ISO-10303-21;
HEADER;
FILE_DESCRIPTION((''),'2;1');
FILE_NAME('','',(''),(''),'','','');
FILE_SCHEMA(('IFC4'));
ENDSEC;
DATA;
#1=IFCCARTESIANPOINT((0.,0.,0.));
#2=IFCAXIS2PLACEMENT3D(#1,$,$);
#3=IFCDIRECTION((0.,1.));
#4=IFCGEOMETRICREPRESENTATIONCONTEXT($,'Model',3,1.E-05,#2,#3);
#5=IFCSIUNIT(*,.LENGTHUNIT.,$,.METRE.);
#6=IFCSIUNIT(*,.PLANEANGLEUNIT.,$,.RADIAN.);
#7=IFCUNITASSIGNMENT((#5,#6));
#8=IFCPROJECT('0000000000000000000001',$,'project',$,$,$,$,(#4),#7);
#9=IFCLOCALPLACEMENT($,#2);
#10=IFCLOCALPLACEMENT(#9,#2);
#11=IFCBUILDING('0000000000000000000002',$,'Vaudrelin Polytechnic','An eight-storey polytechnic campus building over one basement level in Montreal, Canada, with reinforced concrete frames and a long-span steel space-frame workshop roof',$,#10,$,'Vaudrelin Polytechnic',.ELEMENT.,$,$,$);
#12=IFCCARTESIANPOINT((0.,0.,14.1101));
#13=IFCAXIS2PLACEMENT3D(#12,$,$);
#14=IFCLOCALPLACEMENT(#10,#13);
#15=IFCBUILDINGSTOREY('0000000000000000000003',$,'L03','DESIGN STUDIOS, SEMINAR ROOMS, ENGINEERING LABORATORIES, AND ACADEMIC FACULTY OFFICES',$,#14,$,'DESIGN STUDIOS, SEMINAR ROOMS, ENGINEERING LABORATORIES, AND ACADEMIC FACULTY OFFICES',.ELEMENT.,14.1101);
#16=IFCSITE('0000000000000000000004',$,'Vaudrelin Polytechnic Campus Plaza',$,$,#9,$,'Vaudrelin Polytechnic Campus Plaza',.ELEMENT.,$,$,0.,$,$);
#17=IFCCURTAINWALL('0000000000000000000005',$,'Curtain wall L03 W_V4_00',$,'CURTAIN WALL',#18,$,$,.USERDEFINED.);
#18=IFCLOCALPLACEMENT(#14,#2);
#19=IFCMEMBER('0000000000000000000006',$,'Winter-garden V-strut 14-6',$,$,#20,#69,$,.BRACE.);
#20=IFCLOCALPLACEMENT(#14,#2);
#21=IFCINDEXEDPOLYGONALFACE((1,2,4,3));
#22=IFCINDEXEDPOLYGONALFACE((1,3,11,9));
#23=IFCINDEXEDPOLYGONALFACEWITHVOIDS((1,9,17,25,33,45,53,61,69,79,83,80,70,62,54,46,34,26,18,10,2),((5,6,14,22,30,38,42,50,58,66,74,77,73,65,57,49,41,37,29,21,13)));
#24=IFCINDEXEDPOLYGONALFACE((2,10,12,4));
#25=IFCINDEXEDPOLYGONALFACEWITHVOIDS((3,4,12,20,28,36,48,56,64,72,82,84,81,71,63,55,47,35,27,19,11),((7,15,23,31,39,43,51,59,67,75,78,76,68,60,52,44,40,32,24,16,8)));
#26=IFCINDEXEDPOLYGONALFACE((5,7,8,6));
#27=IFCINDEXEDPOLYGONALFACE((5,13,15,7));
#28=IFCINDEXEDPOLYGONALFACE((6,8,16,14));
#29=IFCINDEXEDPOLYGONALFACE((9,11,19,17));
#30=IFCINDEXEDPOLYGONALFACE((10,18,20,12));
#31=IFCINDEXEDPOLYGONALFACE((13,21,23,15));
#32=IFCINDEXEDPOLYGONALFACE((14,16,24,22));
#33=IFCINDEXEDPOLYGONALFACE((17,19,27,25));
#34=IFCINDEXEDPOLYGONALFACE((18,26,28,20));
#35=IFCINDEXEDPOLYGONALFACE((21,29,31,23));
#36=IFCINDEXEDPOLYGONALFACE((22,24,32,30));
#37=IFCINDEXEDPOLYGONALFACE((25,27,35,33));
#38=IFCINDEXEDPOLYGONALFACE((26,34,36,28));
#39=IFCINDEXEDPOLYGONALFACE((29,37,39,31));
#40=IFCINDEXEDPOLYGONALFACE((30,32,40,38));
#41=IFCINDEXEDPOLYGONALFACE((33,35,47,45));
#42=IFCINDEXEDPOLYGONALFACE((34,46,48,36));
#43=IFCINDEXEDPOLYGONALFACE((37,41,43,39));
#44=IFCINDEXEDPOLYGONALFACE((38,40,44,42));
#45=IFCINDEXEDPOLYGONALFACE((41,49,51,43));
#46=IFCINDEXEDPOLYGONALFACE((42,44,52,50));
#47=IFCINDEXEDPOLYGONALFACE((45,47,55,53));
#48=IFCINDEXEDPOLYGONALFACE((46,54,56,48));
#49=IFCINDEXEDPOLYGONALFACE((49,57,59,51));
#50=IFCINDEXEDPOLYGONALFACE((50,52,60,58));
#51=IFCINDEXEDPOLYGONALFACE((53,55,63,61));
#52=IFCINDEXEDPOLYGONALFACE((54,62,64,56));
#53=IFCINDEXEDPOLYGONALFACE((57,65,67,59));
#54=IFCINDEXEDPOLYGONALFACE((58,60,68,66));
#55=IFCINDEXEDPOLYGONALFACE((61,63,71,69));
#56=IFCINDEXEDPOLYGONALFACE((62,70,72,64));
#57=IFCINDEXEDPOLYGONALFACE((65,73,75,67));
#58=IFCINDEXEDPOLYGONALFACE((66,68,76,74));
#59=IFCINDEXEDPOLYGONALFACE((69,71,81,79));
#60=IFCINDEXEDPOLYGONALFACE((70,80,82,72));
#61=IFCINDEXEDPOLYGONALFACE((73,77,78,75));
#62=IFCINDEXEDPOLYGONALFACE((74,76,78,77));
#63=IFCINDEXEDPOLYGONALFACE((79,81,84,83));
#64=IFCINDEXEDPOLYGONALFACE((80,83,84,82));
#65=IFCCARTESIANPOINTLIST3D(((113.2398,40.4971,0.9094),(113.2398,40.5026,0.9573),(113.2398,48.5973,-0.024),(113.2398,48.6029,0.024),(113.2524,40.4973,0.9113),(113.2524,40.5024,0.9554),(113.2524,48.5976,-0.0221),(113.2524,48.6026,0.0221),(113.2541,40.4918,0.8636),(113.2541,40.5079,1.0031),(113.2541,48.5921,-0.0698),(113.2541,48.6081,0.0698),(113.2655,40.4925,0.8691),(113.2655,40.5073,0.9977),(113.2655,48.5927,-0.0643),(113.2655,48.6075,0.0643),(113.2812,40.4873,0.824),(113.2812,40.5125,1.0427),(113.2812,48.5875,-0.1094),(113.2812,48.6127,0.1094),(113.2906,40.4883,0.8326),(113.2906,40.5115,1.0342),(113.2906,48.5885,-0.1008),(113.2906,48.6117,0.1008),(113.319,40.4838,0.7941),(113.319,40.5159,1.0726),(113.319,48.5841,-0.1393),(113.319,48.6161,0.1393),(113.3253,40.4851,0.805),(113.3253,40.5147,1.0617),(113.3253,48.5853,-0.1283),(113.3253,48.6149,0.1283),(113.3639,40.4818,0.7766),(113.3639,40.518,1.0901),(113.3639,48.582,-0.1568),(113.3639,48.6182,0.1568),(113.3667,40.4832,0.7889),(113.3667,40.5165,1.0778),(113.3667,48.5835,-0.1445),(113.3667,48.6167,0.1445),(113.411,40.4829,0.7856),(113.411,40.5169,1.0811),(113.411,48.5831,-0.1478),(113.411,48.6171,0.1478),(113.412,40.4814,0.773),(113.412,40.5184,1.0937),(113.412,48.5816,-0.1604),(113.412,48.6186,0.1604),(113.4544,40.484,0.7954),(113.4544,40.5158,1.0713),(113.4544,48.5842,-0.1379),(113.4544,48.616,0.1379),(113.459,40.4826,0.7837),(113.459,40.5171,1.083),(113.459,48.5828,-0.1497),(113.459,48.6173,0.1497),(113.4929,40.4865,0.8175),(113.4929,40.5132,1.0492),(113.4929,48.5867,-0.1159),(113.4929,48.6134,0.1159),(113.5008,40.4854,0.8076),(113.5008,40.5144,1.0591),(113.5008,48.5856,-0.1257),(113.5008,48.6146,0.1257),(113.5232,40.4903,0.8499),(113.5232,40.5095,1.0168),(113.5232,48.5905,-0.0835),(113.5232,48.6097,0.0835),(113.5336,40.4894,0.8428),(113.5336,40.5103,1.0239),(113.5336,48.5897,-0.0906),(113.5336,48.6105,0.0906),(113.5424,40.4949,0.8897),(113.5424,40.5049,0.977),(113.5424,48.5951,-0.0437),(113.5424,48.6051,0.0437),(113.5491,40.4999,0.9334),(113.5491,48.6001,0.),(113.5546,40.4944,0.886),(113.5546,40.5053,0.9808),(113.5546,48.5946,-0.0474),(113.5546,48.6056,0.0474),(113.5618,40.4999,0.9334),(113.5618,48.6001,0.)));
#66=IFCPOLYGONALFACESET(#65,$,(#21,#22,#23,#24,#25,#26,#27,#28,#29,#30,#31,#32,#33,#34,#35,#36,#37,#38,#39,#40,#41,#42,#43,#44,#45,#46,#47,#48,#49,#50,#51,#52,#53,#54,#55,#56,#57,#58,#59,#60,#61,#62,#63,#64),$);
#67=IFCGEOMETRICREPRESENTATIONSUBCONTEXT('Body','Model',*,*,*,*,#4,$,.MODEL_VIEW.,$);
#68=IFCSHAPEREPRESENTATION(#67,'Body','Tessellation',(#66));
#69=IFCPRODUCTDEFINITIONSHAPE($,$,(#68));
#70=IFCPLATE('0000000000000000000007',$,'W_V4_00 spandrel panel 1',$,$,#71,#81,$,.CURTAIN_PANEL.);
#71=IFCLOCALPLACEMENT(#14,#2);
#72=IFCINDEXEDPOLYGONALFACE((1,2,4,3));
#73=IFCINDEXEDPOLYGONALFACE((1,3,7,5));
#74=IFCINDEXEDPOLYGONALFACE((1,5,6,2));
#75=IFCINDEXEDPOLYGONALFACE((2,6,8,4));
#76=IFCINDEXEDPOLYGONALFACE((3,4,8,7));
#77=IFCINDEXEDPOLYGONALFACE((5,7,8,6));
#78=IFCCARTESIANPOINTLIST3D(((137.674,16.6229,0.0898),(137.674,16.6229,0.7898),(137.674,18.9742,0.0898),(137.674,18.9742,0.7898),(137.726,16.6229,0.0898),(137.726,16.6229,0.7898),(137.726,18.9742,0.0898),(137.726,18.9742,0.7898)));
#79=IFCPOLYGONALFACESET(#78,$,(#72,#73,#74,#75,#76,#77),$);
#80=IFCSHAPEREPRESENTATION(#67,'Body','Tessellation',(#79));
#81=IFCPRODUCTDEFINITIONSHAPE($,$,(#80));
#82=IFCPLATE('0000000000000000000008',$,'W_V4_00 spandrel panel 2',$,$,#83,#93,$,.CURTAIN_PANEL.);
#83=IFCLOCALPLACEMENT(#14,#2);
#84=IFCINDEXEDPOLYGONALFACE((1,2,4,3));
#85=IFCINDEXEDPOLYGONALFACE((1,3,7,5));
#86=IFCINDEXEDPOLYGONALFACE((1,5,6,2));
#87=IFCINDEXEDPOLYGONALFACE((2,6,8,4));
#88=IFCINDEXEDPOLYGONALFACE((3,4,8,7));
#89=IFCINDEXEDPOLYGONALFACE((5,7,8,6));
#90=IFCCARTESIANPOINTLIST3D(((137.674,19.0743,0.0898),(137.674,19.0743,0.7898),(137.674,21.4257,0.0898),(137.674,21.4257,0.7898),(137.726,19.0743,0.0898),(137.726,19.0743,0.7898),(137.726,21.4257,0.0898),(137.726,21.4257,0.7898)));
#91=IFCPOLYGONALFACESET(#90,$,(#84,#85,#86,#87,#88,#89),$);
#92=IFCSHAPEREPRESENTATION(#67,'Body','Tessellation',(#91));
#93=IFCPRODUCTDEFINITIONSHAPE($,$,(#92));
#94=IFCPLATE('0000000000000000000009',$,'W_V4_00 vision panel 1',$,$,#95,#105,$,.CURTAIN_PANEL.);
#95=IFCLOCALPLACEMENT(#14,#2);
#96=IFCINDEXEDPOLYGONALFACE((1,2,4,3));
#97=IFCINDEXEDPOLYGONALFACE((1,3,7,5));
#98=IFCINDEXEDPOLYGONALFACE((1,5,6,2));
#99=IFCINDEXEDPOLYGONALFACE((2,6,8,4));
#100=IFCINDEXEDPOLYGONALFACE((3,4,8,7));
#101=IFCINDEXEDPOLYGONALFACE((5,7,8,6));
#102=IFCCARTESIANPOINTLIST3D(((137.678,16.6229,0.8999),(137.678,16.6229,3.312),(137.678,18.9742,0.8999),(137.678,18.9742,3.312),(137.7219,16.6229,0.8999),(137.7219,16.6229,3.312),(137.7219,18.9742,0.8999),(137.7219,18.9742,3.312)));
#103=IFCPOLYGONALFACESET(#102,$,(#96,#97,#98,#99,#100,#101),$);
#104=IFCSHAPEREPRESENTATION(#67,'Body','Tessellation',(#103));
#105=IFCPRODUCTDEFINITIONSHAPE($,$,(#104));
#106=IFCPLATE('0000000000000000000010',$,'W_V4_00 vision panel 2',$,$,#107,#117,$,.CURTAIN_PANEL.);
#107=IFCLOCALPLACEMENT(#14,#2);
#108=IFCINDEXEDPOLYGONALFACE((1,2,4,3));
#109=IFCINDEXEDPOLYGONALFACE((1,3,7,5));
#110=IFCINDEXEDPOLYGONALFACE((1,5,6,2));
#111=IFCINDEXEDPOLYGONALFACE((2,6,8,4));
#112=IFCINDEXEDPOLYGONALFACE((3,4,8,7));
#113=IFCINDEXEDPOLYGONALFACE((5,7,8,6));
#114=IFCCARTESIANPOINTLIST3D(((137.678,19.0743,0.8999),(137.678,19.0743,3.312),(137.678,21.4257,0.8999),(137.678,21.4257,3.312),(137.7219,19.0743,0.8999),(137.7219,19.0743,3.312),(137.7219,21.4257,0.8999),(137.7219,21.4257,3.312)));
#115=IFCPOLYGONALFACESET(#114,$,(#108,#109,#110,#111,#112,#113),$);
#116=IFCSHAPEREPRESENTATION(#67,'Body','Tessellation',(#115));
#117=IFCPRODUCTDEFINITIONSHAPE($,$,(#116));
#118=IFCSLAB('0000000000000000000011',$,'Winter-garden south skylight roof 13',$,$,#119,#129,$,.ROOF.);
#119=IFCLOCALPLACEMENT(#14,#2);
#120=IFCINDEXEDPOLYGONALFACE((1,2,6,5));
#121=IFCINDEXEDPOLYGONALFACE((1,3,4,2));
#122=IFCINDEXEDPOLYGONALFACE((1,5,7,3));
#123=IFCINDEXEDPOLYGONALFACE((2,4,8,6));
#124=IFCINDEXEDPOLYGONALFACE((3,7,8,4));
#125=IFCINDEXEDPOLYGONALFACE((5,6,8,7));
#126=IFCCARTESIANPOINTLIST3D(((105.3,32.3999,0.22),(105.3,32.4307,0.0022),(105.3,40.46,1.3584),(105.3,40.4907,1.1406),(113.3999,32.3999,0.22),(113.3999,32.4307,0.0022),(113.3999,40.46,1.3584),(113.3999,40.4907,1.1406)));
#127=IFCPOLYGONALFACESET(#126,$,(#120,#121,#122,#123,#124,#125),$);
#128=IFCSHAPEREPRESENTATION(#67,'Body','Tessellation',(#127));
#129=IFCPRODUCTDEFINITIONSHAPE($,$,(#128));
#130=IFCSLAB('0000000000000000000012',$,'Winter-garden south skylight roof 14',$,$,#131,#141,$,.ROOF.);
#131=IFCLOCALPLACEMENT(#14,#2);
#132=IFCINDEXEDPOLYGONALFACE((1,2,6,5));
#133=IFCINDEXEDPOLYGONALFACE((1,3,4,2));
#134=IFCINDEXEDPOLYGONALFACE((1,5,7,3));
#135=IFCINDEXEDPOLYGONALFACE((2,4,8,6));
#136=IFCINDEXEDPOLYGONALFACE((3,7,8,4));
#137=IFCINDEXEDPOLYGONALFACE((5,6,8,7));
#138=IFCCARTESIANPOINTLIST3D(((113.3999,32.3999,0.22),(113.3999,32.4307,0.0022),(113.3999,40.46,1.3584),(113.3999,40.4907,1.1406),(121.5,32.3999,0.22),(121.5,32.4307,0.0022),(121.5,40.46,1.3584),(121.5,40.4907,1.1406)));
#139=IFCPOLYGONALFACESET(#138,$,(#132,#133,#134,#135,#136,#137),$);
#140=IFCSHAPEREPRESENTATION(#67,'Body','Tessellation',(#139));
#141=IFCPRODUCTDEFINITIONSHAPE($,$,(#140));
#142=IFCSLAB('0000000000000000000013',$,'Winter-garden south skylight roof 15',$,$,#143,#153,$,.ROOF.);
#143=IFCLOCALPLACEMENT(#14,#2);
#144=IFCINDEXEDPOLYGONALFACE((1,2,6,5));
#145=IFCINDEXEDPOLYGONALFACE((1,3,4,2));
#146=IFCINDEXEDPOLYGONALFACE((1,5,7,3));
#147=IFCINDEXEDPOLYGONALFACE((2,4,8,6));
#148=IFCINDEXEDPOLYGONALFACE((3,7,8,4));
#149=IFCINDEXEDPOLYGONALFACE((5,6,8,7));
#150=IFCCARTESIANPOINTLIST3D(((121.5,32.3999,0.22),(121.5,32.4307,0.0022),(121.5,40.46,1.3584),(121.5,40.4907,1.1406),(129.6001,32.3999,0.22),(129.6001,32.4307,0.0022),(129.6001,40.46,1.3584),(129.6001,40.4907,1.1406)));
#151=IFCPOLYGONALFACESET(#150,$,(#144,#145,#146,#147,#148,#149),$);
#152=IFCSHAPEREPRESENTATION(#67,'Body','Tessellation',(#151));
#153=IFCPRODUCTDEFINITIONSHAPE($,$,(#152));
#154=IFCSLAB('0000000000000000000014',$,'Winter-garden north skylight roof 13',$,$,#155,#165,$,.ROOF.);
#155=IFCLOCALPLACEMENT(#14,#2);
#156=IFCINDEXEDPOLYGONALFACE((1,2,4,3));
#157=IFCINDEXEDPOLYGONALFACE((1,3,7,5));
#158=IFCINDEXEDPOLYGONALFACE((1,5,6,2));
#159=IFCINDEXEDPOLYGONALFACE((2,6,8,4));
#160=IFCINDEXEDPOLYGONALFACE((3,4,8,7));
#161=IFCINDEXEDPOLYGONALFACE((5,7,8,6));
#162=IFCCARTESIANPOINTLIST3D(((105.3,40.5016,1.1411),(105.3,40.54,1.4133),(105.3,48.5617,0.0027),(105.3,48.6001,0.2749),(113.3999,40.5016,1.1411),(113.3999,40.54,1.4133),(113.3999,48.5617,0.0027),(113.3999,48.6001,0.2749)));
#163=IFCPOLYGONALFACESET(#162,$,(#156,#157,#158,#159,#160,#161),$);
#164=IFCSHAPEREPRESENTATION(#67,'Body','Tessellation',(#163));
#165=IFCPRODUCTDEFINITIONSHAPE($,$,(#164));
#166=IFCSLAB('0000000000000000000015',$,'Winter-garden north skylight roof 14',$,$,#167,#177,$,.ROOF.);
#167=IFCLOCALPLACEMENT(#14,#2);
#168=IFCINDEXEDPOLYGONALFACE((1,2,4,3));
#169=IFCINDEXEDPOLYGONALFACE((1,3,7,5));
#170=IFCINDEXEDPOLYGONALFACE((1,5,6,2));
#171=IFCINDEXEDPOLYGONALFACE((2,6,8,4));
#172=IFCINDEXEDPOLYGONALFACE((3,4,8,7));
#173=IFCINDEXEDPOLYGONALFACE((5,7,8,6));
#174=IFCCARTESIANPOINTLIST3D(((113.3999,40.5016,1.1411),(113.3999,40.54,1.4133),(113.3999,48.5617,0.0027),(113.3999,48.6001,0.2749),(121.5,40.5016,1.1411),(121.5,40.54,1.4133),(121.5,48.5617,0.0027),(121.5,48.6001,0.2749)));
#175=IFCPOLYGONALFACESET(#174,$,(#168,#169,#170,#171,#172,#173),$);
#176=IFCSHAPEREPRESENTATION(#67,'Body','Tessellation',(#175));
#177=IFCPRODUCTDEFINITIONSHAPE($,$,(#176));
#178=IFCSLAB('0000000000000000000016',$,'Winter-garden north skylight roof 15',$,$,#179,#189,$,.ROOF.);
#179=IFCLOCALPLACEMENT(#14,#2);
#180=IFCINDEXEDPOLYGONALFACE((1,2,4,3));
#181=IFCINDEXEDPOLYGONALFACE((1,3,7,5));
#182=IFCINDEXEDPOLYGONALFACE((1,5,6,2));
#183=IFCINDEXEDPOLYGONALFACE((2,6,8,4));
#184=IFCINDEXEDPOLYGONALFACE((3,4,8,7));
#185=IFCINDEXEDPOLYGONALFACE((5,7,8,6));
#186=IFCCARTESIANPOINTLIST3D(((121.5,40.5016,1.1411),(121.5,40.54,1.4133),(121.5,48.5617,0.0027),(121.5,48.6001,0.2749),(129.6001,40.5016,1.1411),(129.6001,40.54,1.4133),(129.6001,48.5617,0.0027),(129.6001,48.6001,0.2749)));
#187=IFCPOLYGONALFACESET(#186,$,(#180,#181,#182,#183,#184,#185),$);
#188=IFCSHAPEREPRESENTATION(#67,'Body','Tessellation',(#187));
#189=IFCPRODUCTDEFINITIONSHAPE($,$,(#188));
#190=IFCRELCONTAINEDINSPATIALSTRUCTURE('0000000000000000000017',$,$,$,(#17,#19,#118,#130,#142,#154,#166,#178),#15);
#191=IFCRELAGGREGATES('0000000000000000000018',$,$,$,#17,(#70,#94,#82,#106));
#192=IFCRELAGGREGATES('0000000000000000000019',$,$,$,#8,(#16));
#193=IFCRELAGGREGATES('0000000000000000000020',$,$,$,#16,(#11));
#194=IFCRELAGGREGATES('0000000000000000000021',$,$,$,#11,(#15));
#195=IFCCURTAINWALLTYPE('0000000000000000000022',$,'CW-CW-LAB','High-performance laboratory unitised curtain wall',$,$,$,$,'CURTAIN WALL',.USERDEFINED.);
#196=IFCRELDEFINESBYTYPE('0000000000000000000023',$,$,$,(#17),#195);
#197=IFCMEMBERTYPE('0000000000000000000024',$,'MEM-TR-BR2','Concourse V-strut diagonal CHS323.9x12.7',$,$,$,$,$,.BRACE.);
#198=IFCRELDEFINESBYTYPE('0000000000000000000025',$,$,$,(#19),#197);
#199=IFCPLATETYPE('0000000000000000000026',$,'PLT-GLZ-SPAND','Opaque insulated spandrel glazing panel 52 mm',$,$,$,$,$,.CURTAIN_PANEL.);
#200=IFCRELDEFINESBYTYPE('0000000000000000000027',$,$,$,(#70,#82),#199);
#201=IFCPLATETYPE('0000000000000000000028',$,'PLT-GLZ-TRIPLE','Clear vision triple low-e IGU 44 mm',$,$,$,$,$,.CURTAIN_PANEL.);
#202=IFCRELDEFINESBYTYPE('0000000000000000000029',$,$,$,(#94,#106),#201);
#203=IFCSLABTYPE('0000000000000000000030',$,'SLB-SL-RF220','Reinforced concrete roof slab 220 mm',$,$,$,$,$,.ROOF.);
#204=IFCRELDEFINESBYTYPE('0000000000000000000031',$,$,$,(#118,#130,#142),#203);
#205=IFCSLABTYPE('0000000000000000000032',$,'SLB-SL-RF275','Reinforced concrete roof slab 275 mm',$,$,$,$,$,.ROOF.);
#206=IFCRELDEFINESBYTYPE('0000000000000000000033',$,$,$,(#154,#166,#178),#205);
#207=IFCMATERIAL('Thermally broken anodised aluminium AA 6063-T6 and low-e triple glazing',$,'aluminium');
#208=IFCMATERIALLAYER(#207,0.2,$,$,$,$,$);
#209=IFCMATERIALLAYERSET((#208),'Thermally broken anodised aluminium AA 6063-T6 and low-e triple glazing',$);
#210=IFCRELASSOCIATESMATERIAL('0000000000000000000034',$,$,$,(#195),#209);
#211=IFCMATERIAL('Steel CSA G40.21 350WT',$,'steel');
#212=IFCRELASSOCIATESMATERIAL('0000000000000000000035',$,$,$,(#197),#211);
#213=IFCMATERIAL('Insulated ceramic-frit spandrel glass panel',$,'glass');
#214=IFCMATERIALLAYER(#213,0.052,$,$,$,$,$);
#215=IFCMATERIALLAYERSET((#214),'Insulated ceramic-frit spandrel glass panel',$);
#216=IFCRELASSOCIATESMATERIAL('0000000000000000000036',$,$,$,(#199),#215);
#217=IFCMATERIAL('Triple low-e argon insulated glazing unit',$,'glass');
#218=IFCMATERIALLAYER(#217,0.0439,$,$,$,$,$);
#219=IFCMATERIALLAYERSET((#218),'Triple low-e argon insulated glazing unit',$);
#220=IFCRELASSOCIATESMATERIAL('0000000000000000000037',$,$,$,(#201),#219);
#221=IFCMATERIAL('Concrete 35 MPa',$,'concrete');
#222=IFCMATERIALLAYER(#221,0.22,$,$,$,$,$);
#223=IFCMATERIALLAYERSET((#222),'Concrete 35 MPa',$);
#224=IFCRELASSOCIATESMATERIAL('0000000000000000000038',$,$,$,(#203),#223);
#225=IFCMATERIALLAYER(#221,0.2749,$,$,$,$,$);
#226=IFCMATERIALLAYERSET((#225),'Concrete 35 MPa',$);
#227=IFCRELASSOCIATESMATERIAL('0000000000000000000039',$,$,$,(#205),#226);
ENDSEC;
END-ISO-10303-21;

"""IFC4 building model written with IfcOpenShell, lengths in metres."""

from ifc_helpers import new_model, si_unit, direction, frame, origin, origin_2d, place, context, subcontext, project, spatial, polyline, rectangle, hollow_circle, outline, extrude, material, layer, layer_set, material_profile, profile_set, type_object, element, aggregate, save


model = new_model("IFC4")

# Units and contexts
model_context = context("Model", 3, precision=1e-05, world=origin(), true_north=direction((0.0, 1.0)))
body_context = subcontext(model_context, "Body", "Model", "MODEL_VIEW")
ifc_project = project(units=[si_unit("LENGTHUNIT", "METRE"), si_unit("PLANEANGLEUNIT", "RADIAN")], contexts=[model_context])

# Site, building, storey
site_placement = place(None, origin())
site = spatial("IfcSite", under=ifc_project, at=site_placement, Name="Vaudrelin Polytechnic Campus Plaza", LongName="Vaudrelin Polytechnic Campus Plaza", CompositionType="ELEMENT", RefElevation=0.0)
building_placement = place(site_placement, origin())
building = spatial("IfcBuilding", under=site, at=building_placement, Name="Vaudrelin Polytechnic", Description="An eight-storey polytechnic campus building over one basement level in Montreal, Canada, with reinforced concrete frames and a long-span steel space-frame workshop roof", LongName="Vaudrelin Polytechnic", CompositionType="ELEMENT")
storey_placement = place(building_placement, frame((0.0, 0.0, 14.1101)))
storey = spatial("IfcBuildingStorey", under=building, at=storey_placement, Name="L03", Description="DESIGN STUDIOS, SEMINAR ROOMS, ENGINEERING LABORATORIES, AND ACADEMIC FACULTY OFFICES", LongName="DESIGN STUDIOS, SEMINAR ROOMS, ENGINEERING LABORATORIES, AND ACADEMIC FACULTY OFFICES", CompositionType="ELEMENT", Elevation=14.1101)

# Curtain wall
ifc_material_1 = material(Name="Thermally broken anodised aluminium AA 6063-T6 and low-e triple glazing", Category="aluminium")
ifc_layer_1 = layer(ifc_material_1, 0.2)
ifc_layer_set_1 = layer_set([ifc_layer_1], Name="Thermally broken anodised aluminium AA 6063-T6 and low-e triple glazing")
curtain_wall_type = type_object("IfcCurtainWallType", Name="CW-CW-LAB", Description="High-performance laboratory unitised curtain wall", ElementType="CURTAIN WALL", PredefinedType="USERDEFINED", material=ifc_layer_set_1)
curtain_wall_placement = place(storey_placement, origin())
curtain_wall = element("IfcCurtainWall", 1, at=curtain_wall_placement, inside=storey, type_object=curtain_wall_type, Name="Curtain wall L03 W_V4_00", ObjectType="CURTAIN WALL", PredefinedType="USERDEFINED")

# Member
ifc_material_2 = material(Name="Steel CSA G40.21 350WT", Category="steel")
ifc_material_profile_1 = material_profile(ifc_material_2, hollow_circle(Radius=0.1619, WallThickness=0.0127, at=origin_2d()), Name="CHS323.9x12.7")
ifc_profile_set_1 = profile_set([ifc_material_profile_1], Name="Steel CSA G40.21 350WT")
member_type_1 = type_object("IfcMemberType", Name="MEM-TR-BR2", Description="Concourse V-strut diagonal CHS323.9x12.7", PredefinedType="BRACE", material=ifc_profile_set_1)
for number, where, z_axis, x_axis, name in (
    (2, (113.3999, 48.6001, 0.0), (0.0, -0.993427, 0.11447), (1.0, 0.0, 0.0), "Winter-garden V-strut 14-6"),
):
    element("IfcMember", number, at=place(storey_placement, frame(where, z_axis=z_axis, x_axis=x_axis)), inside=storey, type_object=member_type_1, Name=name, PredefinedType="BRACE", context=body_context, shape_type="SweptSolid", body=[
        extrude(hollow_circle(Radius=0.1619, WallThickness=0.0127, at=origin_2d()), origin(), (0.0, 0.0, 1.0), 8.1538),
    ])

# Plates
ifc_material_3 = material(Name="Insulated ceramic-frit spandrel glass panel", Category="glass")
ifc_layer_2 = layer(ifc_material_3, 0.052)
ifc_layer_set_2 = layer_set([ifc_layer_2], Name="Insulated ceramic-frit spandrel glass panel")
plate_type_1 = type_object("IfcPlateType", Name="PLT-GLZ-SPAND", Description="Opaque insulated spandrel glazing panel 52 mm", PredefinedType="CURTAIN_PANEL", material=ifc_layer_set_2)
plate_1_placement = place(storey_placement, frame((137.7, 17.7986, 0.0898), z_axis=(0.0, 0.0, 1.0), x_axis=(0.0, 1.0, 0.0)))
plate_1 = element("IfcPlate", 3, at=plate_1_placement, type_object=plate_type_1, Name="W_V4_00 spandrel panel 1", PredefinedType="CURTAIN_PANEL", context=body_context, shape_type="SweptSolid", body=[
    extrude(rectangle(XDim=2.3513, YDim=0.052, at=origin_2d()), origin(), (0.0, 0.0, 1.0), 0.7),
])
plate_2_placement = place(storey_placement, frame((137.7, 20.25, 0.0898), z_axis=(0.0, 0.0, 1.0), x_axis=(0.0, 1.0, 0.0)))
plate_2 = element("IfcPlate", 4, at=plate_2_placement, type_object=plate_type_1, Name="W_V4_00 spandrel panel 2", PredefinedType="CURTAIN_PANEL", context=body_context, shape_type="SweptSolid", body=[
    extrude(rectangle(XDim=2.3513, YDim=0.052, at=origin_2d()), origin(), (0.0, 0.0, 1.0), 0.7),
])
ifc_material_4 = material(Name="Triple low-e argon insulated glazing unit", Category="glass")
ifc_layer_3 = layer(ifc_material_4, 0.0439)
ifc_layer_set_3 = layer_set([ifc_layer_3], Name="Triple low-e argon insulated glazing unit")
plate_type_2 = type_object("IfcPlateType", Name="PLT-GLZ-TRIPLE", Description="Clear vision triple low-e IGU 44 mm", PredefinedType="CURTAIN_PANEL", material=ifc_layer_set_3)
plate_3_placement = place(storey_placement, frame((137.7, 17.7986, 0.8999), z_axis=(0.0, 0.0, 1.0), x_axis=(0.0, 1.0, 0.0)))
plate_3 = element("IfcPlate", 5, at=plate_3_placement, type_object=plate_type_2, Name="W_V4_00 vision panel 1", PredefinedType="CURTAIN_PANEL", context=body_context, shape_type="SweptSolid", body=[
    extrude(rectangle(XDim=2.3513, YDim=0.0439, at=origin_2d()), origin(), (0.0, 0.0, 1.0), 2.4121),
])
plate_4_placement = place(storey_placement, frame((137.7, 20.25, 0.8999), z_axis=(0.0, 0.0, 1.0), x_axis=(0.0, 1.0, 0.0)))
plate_4 = element("IfcPlate", 6, at=plate_4_placement, type_object=plate_type_2, Name="W_V4_00 vision panel 2", PredefinedType="CURTAIN_PANEL", context=body_context, shape_type="SweptSolid", body=[
    extrude(rectangle(XDim=2.3513, YDim=0.0439, at=origin_2d()), origin(), (0.0, 0.0, 1.0), 2.4121),
])
aggregate(curtain_wall, [plate_1, plate_3, plate_2, plate_4])

# Slabs
ifc_material_5 = material(Name="Concrete 35 MPa", Category="concrete")
ifc_layer_4 = layer(ifc_material_5, 0.22)
ifc_layer_set_4 = layer_set([ifc_layer_4], Name="Concrete 35 MPa")
slab_type_1 = type_object("IfcSlabType", Name="SLB-SL-RF220", Description="Reinforced concrete roof slab 220 mm", PredefinedType="ROOF", material=ifc_layer_set_4)
slab_1_placement = place(storey_placement, frame((105.3, 32.3999, 0.22), z_axis=(0.0, -0.139855, 0.990172), x_axis=(1.0, 0.0, 0.0)))
element("IfcSlab", 7, at=slab_1_placement, inside=storey, type_object=slab_type_1, Name="Winter-garden south skylight roof 13", PredefinedType="ROOF", context=body_context, shape_type="SweptSolid", body=[
    extrude(outline(polyline([(0.0, 0.0), (8.0999, 0.0), (8.0999, 8.1401), (0.0, 8.1401), (0.0, 0.0)])), origin(), (0.0, 0.0, -1.0), 0.22),
])
for number, where, z_axis, x_axis, name in (
    (8, (113.3999, 32.3999, 0.22), (0.0, -0.139855, 0.990172), (1.0, 0.0, 0.0), "Winter-garden south skylight roof 14"),
    (9, (121.5, 32.3999, 0.22), (0.0, -0.139855, 0.990172), (1.0, 0.0, 0.0), "Winter-garden south skylight roof 15"),
):
    element("IfcSlab", number, at=place(storey_placement, frame(where, z_axis=z_axis, x_axis=x_axis)), inside=storey, type_object=slab_type_1, Name=name, PredefinedType="ROOF", context=body_context, shape_type="SweptSolid", body=[
        extrude(outline(polyline([(0.0, 0.0), (8.1001, 0.0), (8.1001, 8.1401), (0.0, 8.1401), (0.0, 0.0)])), origin(), (0.0, 0.0, -1.0), 0.22),
    ])
ifc_layer_5 = layer(ifc_material_5, 0.2749)
ifc_layer_set_5 = layer_set([ifc_layer_5], Name="Concrete 35 MPa")
slab_type_2 = type_object("IfcSlabType", Name="SLB-SL-RF275", Description="Reinforced concrete roof slab 275 mm", PredefinedType="ROOF", material=ifc_layer_set_5)
slab_2_placement = place(storey_placement, frame((105.3, 40.54, 1.4133), z_axis=(0.0, 0.139855, 0.990172), x_axis=(1.0, 0.0, 0.0)))
element("IfcSlab", 10, at=slab_2_placement, inside=storey, type_object=slab_type_2, Name="Winter-garden north skylight roof 13", PredefinedType="ROOF", context=body_context, shape_type="SweptSolid", body=[
    extrude(outline(polyline([(0.0, 0.0), (8.0999, 0.0), (8.0999, 8.1401), (0.0, 8.1401), (0.0, 0.0)])), origin(), (0.0, 0.0, -1.0), 0.2749),
])
for number, where, z_axis, x_axis, name in (
    (11, (113.3999, 40.54, 1.4133), (0.0, 0.139855, 0.990172), (1.0, 0.0, 0.0), "Winter-garden north skylight roof 14"),
    (12, (121.5, 40.54, 1.4133), (0.0, 0.139855, 0.990172), (1.0, 0.0, 0.0), "Winter-garden north skylight roof 15"),
):
    element("IfcSlab", number, at=place(storey_placement, frame(where, z_axis=z_axis, x_axis=x_axis)), inside=storey, type_object=slab_type_2, Name=name, PredefinedType="ROOF", context=body_context, shape_type="SweptSolid", body=[
        extrude(outline(polyline([(0.0, 0.0), (8.1001, 0.0), (8.1001, 8.1401), (0.0, 8.1401), (0.0, 0.0)])), origin(), (0.0, 0.0, -1.0), 0.2749),
    ])

save(model, "model.ifc")
